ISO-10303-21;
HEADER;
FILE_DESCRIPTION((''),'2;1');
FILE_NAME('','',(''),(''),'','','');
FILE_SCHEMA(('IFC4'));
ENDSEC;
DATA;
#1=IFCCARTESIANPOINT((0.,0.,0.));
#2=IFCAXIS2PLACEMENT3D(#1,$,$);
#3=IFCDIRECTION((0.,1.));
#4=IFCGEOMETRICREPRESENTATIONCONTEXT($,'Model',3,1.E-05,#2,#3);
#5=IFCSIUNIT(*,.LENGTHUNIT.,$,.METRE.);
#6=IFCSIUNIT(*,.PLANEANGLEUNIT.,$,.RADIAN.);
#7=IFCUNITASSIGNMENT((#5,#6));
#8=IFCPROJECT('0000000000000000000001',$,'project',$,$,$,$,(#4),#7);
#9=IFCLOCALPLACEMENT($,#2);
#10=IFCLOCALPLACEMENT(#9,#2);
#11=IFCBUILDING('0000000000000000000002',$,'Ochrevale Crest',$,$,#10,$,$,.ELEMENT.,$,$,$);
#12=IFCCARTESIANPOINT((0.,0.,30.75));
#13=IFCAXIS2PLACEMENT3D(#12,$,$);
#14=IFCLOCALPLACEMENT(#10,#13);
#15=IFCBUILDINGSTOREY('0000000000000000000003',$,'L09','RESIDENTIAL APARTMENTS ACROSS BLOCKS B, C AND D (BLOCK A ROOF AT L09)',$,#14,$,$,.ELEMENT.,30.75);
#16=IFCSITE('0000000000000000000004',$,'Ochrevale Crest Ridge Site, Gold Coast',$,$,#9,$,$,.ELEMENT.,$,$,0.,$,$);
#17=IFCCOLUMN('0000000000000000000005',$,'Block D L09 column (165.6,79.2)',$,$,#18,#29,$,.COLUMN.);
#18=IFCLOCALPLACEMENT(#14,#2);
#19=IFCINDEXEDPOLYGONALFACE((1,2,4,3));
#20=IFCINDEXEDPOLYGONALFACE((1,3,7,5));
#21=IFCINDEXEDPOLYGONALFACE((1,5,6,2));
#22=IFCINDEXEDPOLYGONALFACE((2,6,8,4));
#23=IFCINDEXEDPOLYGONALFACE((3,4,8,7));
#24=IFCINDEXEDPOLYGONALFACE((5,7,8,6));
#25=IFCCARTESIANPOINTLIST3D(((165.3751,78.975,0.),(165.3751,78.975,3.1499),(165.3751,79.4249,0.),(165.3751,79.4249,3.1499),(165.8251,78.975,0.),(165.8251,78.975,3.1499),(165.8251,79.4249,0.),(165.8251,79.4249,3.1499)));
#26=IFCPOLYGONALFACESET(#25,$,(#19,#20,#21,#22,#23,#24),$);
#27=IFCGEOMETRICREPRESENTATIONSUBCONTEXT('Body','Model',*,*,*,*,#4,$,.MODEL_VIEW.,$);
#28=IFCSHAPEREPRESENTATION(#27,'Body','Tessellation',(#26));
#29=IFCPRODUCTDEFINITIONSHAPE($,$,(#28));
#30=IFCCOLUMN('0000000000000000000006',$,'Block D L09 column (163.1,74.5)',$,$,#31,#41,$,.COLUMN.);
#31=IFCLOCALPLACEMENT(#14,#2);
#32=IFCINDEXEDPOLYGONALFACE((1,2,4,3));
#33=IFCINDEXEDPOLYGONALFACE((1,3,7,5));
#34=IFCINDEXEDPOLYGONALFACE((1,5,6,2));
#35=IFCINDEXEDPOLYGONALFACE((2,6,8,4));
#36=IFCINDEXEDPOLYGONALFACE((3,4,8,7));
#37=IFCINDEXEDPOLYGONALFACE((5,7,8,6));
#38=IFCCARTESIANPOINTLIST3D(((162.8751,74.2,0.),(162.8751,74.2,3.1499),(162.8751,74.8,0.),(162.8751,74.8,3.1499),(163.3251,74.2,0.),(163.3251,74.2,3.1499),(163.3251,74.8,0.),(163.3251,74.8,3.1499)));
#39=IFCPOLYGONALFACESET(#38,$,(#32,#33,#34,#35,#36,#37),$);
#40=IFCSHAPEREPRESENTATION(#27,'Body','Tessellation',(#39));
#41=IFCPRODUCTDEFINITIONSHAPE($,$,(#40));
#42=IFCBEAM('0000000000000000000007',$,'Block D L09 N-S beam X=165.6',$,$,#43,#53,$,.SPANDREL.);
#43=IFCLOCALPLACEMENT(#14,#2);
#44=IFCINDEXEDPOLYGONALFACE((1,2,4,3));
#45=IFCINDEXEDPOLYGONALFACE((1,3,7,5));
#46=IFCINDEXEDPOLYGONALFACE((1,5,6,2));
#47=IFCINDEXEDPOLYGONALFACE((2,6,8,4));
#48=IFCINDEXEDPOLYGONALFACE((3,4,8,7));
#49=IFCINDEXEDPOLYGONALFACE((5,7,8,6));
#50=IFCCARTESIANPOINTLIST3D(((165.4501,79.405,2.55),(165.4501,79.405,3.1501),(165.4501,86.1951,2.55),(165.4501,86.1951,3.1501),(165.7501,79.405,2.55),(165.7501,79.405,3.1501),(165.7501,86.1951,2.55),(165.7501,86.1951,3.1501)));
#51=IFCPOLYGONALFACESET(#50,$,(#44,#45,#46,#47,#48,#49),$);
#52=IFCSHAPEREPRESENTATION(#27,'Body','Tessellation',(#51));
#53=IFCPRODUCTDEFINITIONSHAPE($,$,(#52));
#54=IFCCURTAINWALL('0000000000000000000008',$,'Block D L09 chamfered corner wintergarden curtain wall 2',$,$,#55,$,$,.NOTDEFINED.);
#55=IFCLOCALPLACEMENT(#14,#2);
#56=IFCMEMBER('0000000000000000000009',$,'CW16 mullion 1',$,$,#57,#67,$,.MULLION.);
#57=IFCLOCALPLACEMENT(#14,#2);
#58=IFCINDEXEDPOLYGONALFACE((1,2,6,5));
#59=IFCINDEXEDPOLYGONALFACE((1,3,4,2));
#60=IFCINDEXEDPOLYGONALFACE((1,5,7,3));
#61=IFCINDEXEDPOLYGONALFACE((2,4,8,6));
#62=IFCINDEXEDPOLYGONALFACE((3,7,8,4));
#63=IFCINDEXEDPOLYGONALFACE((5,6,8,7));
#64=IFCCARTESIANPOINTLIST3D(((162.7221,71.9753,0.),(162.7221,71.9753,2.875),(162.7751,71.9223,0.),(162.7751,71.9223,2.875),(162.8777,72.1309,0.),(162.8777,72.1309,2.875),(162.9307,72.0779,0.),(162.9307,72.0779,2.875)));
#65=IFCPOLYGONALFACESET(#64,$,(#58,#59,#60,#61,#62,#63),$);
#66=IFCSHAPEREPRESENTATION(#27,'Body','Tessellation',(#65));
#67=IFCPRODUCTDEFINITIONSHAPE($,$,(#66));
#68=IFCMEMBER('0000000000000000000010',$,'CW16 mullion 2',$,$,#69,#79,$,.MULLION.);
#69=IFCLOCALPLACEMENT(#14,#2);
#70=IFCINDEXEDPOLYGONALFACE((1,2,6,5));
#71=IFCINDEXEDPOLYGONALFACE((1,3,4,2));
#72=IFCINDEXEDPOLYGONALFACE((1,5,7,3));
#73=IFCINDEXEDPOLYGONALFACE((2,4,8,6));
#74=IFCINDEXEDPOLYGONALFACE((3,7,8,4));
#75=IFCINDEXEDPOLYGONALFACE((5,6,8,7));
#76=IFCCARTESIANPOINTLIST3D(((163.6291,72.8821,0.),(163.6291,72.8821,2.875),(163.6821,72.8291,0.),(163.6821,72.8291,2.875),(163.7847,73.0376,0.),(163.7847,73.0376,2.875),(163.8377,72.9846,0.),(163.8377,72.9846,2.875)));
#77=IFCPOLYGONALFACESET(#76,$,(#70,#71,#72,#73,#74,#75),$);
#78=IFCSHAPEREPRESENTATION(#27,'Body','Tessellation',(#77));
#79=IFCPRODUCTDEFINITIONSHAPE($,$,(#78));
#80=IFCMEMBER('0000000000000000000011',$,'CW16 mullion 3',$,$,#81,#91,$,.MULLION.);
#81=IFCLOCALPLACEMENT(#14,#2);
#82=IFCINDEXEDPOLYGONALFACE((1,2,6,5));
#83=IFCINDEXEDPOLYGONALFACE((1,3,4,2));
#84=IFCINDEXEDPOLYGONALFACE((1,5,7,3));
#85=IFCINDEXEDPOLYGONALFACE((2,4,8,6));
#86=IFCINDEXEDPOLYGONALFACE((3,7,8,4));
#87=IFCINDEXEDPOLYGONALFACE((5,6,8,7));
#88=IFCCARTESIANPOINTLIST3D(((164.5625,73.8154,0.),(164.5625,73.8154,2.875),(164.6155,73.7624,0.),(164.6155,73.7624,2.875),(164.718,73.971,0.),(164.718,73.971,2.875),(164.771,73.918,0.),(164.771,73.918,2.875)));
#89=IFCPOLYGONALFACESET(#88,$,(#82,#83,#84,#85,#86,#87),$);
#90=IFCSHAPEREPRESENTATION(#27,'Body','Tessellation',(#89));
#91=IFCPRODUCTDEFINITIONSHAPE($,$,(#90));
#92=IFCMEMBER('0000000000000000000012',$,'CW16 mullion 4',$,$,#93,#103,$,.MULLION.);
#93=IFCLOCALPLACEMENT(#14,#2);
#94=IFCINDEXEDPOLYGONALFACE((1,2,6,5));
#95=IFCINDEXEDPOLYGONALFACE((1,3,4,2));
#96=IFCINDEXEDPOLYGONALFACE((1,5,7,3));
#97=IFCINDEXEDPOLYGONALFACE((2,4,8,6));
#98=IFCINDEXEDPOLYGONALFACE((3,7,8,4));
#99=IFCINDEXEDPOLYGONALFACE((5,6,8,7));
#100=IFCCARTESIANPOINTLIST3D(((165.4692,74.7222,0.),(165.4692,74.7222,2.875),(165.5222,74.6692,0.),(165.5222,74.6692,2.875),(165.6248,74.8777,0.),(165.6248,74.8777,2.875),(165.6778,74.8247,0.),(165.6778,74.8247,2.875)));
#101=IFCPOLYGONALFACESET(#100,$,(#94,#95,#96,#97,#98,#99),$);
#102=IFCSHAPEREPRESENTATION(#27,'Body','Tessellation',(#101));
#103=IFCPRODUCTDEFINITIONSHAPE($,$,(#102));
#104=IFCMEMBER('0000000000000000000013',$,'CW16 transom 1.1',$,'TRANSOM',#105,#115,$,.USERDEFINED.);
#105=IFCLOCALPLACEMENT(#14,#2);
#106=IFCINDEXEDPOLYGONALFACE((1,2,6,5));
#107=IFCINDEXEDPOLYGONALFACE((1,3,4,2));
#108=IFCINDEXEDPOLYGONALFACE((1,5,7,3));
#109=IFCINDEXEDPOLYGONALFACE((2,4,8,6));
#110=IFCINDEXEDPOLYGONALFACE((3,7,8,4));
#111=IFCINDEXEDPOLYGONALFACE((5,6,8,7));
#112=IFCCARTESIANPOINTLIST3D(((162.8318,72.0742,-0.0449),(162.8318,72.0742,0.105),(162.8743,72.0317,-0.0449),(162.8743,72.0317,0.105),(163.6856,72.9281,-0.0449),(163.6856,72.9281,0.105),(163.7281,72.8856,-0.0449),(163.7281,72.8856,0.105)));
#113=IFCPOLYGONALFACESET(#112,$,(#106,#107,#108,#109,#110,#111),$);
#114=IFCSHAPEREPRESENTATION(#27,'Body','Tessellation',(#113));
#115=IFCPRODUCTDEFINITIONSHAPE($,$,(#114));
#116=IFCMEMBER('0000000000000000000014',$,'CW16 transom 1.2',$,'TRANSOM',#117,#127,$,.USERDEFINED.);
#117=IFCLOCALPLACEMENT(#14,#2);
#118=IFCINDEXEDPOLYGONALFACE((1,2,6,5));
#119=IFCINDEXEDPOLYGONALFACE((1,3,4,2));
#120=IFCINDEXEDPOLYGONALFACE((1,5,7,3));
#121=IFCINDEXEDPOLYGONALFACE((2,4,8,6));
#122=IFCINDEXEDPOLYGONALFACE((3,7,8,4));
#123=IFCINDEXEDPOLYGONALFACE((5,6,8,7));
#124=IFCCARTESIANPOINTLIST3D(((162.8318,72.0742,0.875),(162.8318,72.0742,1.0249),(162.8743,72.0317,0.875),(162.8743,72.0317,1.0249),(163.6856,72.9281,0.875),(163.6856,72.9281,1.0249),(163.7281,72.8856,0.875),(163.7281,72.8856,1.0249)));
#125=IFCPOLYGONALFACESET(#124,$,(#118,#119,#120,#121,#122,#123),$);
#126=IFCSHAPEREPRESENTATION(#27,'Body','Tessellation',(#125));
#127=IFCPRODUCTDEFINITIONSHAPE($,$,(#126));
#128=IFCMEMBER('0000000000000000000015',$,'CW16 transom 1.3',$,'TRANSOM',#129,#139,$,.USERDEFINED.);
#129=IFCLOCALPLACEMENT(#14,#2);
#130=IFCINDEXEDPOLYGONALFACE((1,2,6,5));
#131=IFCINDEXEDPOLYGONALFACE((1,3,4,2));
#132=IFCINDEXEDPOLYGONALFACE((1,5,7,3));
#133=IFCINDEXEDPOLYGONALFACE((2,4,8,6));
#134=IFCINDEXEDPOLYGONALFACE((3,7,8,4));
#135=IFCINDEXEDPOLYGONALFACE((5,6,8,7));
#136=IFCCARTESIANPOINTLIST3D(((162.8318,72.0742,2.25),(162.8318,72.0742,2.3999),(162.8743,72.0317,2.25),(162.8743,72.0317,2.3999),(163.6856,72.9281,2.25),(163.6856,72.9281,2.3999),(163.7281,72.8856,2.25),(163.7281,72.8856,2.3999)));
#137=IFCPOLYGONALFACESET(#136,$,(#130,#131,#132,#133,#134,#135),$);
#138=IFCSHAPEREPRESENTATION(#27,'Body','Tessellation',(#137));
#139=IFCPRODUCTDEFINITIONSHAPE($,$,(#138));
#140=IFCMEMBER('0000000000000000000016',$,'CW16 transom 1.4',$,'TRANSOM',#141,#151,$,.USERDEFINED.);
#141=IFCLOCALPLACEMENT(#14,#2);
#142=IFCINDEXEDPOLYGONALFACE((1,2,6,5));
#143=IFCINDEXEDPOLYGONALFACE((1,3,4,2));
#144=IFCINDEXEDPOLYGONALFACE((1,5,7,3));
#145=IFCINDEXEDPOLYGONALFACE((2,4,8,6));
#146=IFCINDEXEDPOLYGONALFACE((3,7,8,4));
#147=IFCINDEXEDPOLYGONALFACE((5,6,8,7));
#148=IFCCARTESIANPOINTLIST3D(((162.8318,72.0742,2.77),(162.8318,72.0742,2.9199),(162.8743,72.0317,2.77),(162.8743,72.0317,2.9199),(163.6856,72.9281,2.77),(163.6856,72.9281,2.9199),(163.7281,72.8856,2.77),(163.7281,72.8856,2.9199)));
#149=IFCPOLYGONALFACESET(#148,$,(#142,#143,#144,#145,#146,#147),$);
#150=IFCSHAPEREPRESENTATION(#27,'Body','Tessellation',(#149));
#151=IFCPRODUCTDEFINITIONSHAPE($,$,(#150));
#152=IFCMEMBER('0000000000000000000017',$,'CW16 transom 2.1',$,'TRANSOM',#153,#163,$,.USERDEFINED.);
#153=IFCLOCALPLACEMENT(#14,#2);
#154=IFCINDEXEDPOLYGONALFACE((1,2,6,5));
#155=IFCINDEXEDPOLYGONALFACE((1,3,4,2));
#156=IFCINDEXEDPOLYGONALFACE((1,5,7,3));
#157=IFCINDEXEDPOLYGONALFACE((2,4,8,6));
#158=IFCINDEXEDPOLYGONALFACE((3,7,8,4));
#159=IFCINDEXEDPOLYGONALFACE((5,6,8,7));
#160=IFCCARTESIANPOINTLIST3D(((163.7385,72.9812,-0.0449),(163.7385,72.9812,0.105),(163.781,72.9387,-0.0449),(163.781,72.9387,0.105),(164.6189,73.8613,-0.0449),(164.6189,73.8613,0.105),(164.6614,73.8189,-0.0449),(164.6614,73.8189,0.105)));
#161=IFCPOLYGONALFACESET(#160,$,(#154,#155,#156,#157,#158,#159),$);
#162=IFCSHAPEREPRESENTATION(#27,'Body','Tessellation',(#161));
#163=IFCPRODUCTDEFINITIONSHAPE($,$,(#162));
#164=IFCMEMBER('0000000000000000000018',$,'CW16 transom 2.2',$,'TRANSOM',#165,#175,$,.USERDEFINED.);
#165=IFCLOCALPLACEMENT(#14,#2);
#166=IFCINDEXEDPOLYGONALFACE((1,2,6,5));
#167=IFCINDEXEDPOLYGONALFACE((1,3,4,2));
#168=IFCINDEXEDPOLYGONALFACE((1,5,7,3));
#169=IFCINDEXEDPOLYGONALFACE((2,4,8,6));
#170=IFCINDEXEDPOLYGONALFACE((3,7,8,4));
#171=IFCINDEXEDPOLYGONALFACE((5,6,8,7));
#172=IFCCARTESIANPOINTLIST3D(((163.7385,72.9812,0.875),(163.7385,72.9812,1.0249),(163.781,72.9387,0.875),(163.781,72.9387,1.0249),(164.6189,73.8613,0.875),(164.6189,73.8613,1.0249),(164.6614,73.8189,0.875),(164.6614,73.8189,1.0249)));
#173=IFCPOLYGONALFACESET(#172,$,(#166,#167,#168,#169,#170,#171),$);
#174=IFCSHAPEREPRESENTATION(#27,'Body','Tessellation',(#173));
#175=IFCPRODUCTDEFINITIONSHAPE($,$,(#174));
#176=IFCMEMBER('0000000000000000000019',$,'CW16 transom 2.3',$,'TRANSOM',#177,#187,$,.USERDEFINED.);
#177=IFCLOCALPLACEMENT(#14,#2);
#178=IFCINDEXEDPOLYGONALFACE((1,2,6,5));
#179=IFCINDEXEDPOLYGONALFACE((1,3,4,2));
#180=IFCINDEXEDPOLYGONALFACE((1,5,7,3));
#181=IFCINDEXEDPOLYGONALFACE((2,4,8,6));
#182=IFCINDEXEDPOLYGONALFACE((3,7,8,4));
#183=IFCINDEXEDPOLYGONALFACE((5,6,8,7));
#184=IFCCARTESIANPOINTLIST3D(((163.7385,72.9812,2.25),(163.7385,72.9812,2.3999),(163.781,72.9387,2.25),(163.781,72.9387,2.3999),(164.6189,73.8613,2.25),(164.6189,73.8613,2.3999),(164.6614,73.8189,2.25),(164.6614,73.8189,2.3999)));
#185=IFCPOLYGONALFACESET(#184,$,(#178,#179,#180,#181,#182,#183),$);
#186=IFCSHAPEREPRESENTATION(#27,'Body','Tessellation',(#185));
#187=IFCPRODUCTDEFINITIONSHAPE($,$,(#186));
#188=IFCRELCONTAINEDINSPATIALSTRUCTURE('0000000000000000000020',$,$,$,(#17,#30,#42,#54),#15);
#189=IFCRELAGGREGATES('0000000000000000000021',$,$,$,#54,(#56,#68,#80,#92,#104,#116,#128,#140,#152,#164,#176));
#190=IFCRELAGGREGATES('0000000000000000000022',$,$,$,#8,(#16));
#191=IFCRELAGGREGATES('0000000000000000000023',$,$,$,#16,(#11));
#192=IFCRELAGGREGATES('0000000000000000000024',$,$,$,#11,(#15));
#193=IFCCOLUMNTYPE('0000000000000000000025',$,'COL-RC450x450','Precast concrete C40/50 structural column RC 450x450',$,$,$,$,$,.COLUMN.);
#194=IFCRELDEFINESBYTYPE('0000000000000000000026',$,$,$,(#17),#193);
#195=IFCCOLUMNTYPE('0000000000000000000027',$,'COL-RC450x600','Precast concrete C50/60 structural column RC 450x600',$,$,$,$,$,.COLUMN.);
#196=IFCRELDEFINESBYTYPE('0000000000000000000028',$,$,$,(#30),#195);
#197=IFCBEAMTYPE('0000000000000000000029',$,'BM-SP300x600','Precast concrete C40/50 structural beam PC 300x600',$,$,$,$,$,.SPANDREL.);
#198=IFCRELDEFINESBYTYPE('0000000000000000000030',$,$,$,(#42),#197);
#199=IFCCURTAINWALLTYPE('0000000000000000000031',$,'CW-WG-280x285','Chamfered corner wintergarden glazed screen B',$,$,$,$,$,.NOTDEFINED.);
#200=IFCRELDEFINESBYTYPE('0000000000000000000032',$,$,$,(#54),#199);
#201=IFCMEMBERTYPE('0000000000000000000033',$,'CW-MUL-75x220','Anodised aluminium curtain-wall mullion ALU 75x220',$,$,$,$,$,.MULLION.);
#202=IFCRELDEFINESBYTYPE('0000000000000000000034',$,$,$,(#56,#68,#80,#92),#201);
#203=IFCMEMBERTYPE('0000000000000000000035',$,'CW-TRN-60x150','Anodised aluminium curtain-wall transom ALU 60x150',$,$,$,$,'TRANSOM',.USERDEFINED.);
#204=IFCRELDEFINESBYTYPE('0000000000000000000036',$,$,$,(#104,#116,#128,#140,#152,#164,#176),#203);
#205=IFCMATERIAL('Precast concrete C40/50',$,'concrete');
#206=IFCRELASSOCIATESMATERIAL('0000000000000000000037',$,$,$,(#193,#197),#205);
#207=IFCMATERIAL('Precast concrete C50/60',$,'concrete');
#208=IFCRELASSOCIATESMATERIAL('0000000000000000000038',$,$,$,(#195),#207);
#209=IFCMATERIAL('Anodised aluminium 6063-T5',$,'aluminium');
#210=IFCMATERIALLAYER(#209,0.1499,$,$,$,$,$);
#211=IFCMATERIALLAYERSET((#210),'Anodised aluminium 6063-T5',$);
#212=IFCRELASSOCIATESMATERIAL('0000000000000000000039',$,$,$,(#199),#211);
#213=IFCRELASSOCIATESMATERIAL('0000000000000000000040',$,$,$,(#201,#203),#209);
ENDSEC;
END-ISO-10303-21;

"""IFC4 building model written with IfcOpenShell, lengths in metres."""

from ifc_helpers import new_model, si_unit, direction, frame, origin, origin_2d, place, context, subcontext, project, spatial, rectangle, extrude, material, layer, layer_set, material_profile, profile_set, type_object, element, aggregate, save


model = new_model("IFC4")

# Units and contexts
model_context = context("Model", 3, precision=1e-05, world=origin(), true_north=direction((0.0, 1.0)))
body_context = subcontext(model_context, "Body", "Model", "MODEL_VIEW")
ifc_project = project(units=[si_unit("LENGTHUNIT", "METRE"), si_unit("PLANEANGLEUNIT", "RADIAN")], contexts=[model_context])

# Site, building, storey
site_placement = place(None, origin())
site = spatial("IfcSite", under=ifc_project, at=site_placement, Name="Ochrevale Crest Ridge Site, Gold Coast", CompositionType="ELEMENT", RefElevation=0.0)
building_placement = place(site_placement, origin())
building = spatial("IfcBuilding", under=site, at=building_placement, Name="Ochrevale Crest", CompositionType="ELEMENT")
storey_placement = place(building_placement, frame((0.0, 0.0, 30.75)))
storey = spatial("IfcBuildingStorey", under=building, at=storey_placement, Name="L09", Description="RESIDENTIAL APARTMENTS ACROSS BLOCKS B, C AND D (BLOCK A ROOF AT L09)", CompositionType="ELEMENT", Elevation=30.75)

# Columns
ifc_material_1 = material(Name="Precast concrete C40/50", Category="concrete")
ifc_material_profile_1 = material_profile(ifc_material_1, rectangle(XDim=0.45, YDim=0.45, at=origin_2d()), Name="RC 450x450")
ifc_profile_set_1 = profile_set([ifc_material_profile_1], Name="Precast concrete C40/50")
column_type_1 = type_object("IfcColumnType", Name="COL-RC450x450", Description="Precast concrete C40/50 structural column RC 450x450", PredefinedType="COLUMN", material=ifc_profile_set_1)
column_1_placement = place(storey_placement, frame((165.6001, 79.2, 0.0), z_axis=(0.0, 0.0, 1.0), x_axis=(1.0, 0.0, 0.0)))
element("IfcColumn", 1, at=column_1_placement, inside=storey, type_object=column_type_1, Name="Block D L09 column (165.6,79.2)", PredefinedType="COLUMN", context=body_context, shape_type="SweptSolid", body=[
    extrude(rectangle(XDim=0.45, YDim=0.45, at=origin_2d()), origin(), (0.0, 0.0, 1.0), 3.1499),
])
ifc_material_2 = material(Name="Precast concrete C50/60", Category="concrete")
ifc_material_profile_2 = material_profile(ifc_material_2, rectangle(XDim=0.45, YDim=0.6001, at=origin_2d()), Name="RC 450x600")
ifc_profile_set_2 = profile_set([ifc_material_profile_2], Name="Precast concrete C50/60")
column_type_2 = type_object("IfcColumnType", Name="COL-RC450x600", Description="Precast concrete C50/60 structural column RC 450x600", PredefinedType="COLUMN", material=ifc_profile_set_2)
column_2_placement = place(storey_placement, frame((163.1001, 74.5, 0.0), z_axis=(0.0, 0.0, 1.0), x_axis=(1.0, 0.0, 0.0)))
element("IfcColumn", 2, at=column_2_placement, inside=storey, type_object=column_type_2, Name="Block D L09 column (163.1,74.5)", PredefinedType="COLUMN", context=body_context, shape_type="SweptSolid", body=[
    extrude(rectangle(XDim=0.45, YDim=0.6001, at=origin_2d()), origin(), (0.0, 0.0, 1.0), 3.1499),
])

# Beam
ifc_material_profile_3 = material_profile(ifc_material_1, rectangle(XDim=0.3, YDim=0.6001, at=origin_2d()), Name="PC 300x600")
ifc_profile_set_3 = profile_set([ifc_material_profile_3], Name="Precast concrete C40/50")
beam_type = type_object("IfcBeamType", Name="BM-SP300x600", Description="Precast concrete C40/50 structural beam PC 300x600", PredefinedType="SPANDREL", material=ifc_profile_set_3)
beam_placement = place(storey_placement, frame((165.6001, 79.405, 2.8501), z_axis=(0.0, 1.0, 0.0), x_axis=(-1.0, 0.0, 0.0)))
element("IfcBeam", 3, at=beam_placement, inside=storey, type_object=beam_type, Name="Block D L09 N-S beam X=165.6", PredefinedType="SPANDREL", context=body_context, shape_type="SweptSolid", body=[
    extrude(rectangle(XDim=0.3, YDim=0.6001, at=origin_2d()), origin(), (0.0, 0.0, 1.0), 6.79),
])

# Curtain wall, members
ifc_material_3 = material(Name="Anodised aluminium 6063-T5", Category="aluminium")
ifc_layer_1 = layer(ifc_material_3, 0.1499)
ifc_layer_set_1 = layer_set([ifc_layer_1], Name="Anodised aluminium 6063-T5")
curtain_wall_type = type_object("IfcCurtainWallType", Name="CW-WG-280x285", Description="Chamfered corner wintergarden glazed screen B", PredefinedType="NOTDEFINED", material=ifc_layer_set_1)
curtain_wall_placement = place(storey_placement, origin())
curtain_wall = element("IfcCurtainWall", 4, at=curtain_wall_placement, inside=storey, type_object=curtain_wall_type, Name="Block D L09 chamfered corner wintergarden curtain wall 2", PredefinedType="NOTDEFINED")
ifc_material_profile_4 = material_profile(ifc_material_3, rectangle(XDim=0.075, YDim=0.22, at=origin_2d()), Name="ALU 75x220")
ifc_profile_set_4 = profile_set([ifc_material_profile_4], Name="Anodised aluminium 6063-T5")
member_type_1 = type_object("IfcMemberType", Name="CW-MUL-75x220", Description="Anodised aluminium curtain-wall mullion ALU 75x220", PredefinedType="MULLION", material=ifc_profile_set_4)
member_1_placement = place(storey_placement, frame((162.8264, 72.0266, 0.0), z_axis=(0.0, 0.0, 1.0), x_axis=(-0.707107, 0.707107, 0.0)))
member_1 = element("IfcMember", 5, at=member_1_placement, type_object=member_type_1, Name="CW16 mullion 1", PredefinedType="MULLION", context=body_context, shape_type="SweptSolid", body=[
    extrude(rectangle(XDim=0.075, YDim=0.22, at=origin_2d()), origin(), (0.0, 0.0, 1.0), 2.875),
])
member_2_placement = place(storey_placement, frame((163.7334, 72.9333, 0.0), z_axis=(0.0, 0.0, 1.0), x_axis=(-0.707107, 0.707107, 0.0)))
member_2 = element("IfcMember", 6, at=member_2_placement, type_object=member_type_1, Name="CW16 mullion 2", PredefinedType="MULLION", context=body_context, shape_type="SweptSolid", body=[
    extrude(rectangle(XDim=0.075, YDim=0.22, at=origin_2d()), origin(), (0.0, 0.0, 1.0), 2.875),
])
member_3_placement = place(storey_placement, frame((164.6667, 73.8667, 0.0), z_axis=(0.0, 0.0, 1.0), x_axis=(-0.707107, 0.707107, 0.0)))
member_3 = element("IfcMember", 7, at=member_3_placement, type_object=member_type_1, Name="CW16 mullion 3", PredefinedType="MULLION", context=body_context, shape_type="SweptSolid", body=[
    extrude(rectangle(XDim=0.075, YDim=0.22, at=origin_2d()), origin(), (0.0, 0.0, 1.0), 2.875),
])
member_4_placement = place(storey_placement, frame((165.5735, 74.7734, 0.0), z_axis=(0.0, 0.0, 1.0), x_axis=(-0.707107, 0.707107, 0.0)))
member_4 = element("IfcMember", 8, at=member_4_placement, type_object=member_type_1, Name="CW16 mullion 4", PredefinedType="MULLION", context=body_context, shape_type="SweptSolid", body=[
    extrude(rectangle(XDim=0.075, YDim=0.22, at=origin_2d()), origin(), (0.0, 0.0, 1.0), 2.875),
])
ifc_material_profile_5 = material_profile(ifc_material_3, rectangle(XDim=0.0601, YDim=0.1499, at=origin_2d()), Name="ALU 60x150")
ifc_profile_set_5 = profile_set([ifc_material_profile_5], Name="Anodised aluminium 6063-T5")
member_type_2 = type_object("IfcMemberType", Name="CW-TRN-60x150", Description="Anodised aluminium curtain-wall transom ALU 60x150", ElementType="TRANSOM", PredefinedType="USERDEFINED", material=ifc_profile_set_5)
member_5_placement = place(storey_placement, frame((162.853, 72.053, 0.03), z_axis=(0.707107, 0.707107, 0.0), x_axis=(-0.707107, 0.707107, 0.0)))
member_5 = element("IfcMember", 9, at=member_5_placement, type_object=member_type_2, Name="CW16 transom 1.1", ObjectType="TRANSOM", PredefinedType="USERDEFINED", context=body_context, shape_type="SweptSolid", body=[
    extrude(rectangle(XDim=0.0601, YDim=0.1499, at=origin_2d()), origin(), (0.0, 0.0, 1.0), 1.2075),
])
member_6_placement = place(storey_placement, frame((162.853, 72.053, 0.95), z_axis=(0.707107, 0.707107, 0.0), x_axis=(-0.707107, 0.707107, 0.0)))
member_6 = element("IfcMember", 10, at=member_6_placement, type_object=member_type_2, Name="CW16 transom 1.2", ObjectType="TRANSOM", PredefinedType="USERDEFINED", context=body_context, shape_type="SweptSolid", body=[
    extrude(rectangle(XDim=0.0601, YDim=0.1499, at=origin_2d()), origin(), (0.0, 0.0, 1.0), 1.2075),
])
member_7_placement = place(storey_placement, frame((162.853, 72.053, 2.325), z_axis=(0.707107, 0.707107, 0.0), x_axis=(-0.707107, 0.707107, 0.0)))
member_7 = element("IfcMember", 11, at=member_7_placement, type_object=member_type_2, Name="CW16 transom 1.3", ObjectType="TRANSOM", PredefinedType="USERDEFINED", context=body_context, shape_type="SweptSolid", body=[
    extrude(rectangle(XDim=0.0601, YDim=0.1499, at=origin_2d()), origin(), (0.0, 0.0, 1.0), 1.2075),
])
member_8_placement = place(storey_placement, frame((162.853, 72.053, 2.845), z_axis=(0.707107, 0.707107, 0.0), x_axis=(-0.707107, 0.707107, 0.0)))
member_8 = element("IfcMember", 12, at=member_8_placement, type_object=member_type_2, Name="CW16 transom 1.4", ObjectType="TRANSOM", PredefinedType="USERDEFINED", context=body_context, shape_type="SweptSolid", body=[
    extrude(rectangle(XDim=0.0601, YDim=0.1499, at=origin_2d()), origin(), (0.0, 0.0, 1.0), 1.2075),
])
member_9_placement = place(storey_placement, frame((163.7598, 72.96, 0.03), z_axis=(0.707205, 0.707009, 0.0), x_axis=(-0.707009, 0.707205, 0.0)))
member_9 = element("IfcMember", 13, at=member_9_placement, type_object=member_type_2, Name="CW16 transom 2.1", ObjectType="TRANSOM", PredefinedType="USERDEFINED", context=body_context, shape_type="SweptSolid", body=[
    extrude(rectangle(XDim=0.0601, YDim=0.1499, at=origin_2d()), origin(), (0.0, 0.0, 1.0), 1.2449),
])
member_10_placement = place(storey_placement, frame((163.7598, 72.96, 0.95), z_axis=(0.707205, 0.707009, 0.0), x_axis=(-0.707009, 0.707205, 0.0)))
member_10 = element("IfcMember", 14, at=member_10_placement, type_object=member_type_2, Name="CW16 transom 2.2", ObjectType="TRANSOM", PredefinedType="USERDEFINED", context=body_context, shape_type="SweptSolid", body=[
    extrude(rectangle(XDim=0.0601, YDim=0.1499, at=origin_2d()), origin(), (0.0, 0.0, 1.0), 1.2449),
])
member_11_placement = place(storey_placement, frame((163.7598, 72.96, 2.325), z_axis=(0.707205, 0.707009, 0.0), x_axis=(-0.707009, 0.707205, 0.0)))
member_11 = element("IfcMember", 15, at=member_11_placement, type_object=member_type_2, Name="CW16 transom 2.3", ObjectType="TRANSOM", PredefinedType="USERDEFINED", context=body_context, shape_type="SweptSolid", body=[
    extrude(rectangle(XDim=0.0601, YDim=0.1499, at=origin_2d()), origin(), (0.0, 0.0, 1.0), 1.2449),
])
aggregate(curtain_wall, [member_1, member_2, member_3, member_4, member_5, member_6, member_7, member_8, member_9, member_10, member_11])

save(model, "model.ifc")
